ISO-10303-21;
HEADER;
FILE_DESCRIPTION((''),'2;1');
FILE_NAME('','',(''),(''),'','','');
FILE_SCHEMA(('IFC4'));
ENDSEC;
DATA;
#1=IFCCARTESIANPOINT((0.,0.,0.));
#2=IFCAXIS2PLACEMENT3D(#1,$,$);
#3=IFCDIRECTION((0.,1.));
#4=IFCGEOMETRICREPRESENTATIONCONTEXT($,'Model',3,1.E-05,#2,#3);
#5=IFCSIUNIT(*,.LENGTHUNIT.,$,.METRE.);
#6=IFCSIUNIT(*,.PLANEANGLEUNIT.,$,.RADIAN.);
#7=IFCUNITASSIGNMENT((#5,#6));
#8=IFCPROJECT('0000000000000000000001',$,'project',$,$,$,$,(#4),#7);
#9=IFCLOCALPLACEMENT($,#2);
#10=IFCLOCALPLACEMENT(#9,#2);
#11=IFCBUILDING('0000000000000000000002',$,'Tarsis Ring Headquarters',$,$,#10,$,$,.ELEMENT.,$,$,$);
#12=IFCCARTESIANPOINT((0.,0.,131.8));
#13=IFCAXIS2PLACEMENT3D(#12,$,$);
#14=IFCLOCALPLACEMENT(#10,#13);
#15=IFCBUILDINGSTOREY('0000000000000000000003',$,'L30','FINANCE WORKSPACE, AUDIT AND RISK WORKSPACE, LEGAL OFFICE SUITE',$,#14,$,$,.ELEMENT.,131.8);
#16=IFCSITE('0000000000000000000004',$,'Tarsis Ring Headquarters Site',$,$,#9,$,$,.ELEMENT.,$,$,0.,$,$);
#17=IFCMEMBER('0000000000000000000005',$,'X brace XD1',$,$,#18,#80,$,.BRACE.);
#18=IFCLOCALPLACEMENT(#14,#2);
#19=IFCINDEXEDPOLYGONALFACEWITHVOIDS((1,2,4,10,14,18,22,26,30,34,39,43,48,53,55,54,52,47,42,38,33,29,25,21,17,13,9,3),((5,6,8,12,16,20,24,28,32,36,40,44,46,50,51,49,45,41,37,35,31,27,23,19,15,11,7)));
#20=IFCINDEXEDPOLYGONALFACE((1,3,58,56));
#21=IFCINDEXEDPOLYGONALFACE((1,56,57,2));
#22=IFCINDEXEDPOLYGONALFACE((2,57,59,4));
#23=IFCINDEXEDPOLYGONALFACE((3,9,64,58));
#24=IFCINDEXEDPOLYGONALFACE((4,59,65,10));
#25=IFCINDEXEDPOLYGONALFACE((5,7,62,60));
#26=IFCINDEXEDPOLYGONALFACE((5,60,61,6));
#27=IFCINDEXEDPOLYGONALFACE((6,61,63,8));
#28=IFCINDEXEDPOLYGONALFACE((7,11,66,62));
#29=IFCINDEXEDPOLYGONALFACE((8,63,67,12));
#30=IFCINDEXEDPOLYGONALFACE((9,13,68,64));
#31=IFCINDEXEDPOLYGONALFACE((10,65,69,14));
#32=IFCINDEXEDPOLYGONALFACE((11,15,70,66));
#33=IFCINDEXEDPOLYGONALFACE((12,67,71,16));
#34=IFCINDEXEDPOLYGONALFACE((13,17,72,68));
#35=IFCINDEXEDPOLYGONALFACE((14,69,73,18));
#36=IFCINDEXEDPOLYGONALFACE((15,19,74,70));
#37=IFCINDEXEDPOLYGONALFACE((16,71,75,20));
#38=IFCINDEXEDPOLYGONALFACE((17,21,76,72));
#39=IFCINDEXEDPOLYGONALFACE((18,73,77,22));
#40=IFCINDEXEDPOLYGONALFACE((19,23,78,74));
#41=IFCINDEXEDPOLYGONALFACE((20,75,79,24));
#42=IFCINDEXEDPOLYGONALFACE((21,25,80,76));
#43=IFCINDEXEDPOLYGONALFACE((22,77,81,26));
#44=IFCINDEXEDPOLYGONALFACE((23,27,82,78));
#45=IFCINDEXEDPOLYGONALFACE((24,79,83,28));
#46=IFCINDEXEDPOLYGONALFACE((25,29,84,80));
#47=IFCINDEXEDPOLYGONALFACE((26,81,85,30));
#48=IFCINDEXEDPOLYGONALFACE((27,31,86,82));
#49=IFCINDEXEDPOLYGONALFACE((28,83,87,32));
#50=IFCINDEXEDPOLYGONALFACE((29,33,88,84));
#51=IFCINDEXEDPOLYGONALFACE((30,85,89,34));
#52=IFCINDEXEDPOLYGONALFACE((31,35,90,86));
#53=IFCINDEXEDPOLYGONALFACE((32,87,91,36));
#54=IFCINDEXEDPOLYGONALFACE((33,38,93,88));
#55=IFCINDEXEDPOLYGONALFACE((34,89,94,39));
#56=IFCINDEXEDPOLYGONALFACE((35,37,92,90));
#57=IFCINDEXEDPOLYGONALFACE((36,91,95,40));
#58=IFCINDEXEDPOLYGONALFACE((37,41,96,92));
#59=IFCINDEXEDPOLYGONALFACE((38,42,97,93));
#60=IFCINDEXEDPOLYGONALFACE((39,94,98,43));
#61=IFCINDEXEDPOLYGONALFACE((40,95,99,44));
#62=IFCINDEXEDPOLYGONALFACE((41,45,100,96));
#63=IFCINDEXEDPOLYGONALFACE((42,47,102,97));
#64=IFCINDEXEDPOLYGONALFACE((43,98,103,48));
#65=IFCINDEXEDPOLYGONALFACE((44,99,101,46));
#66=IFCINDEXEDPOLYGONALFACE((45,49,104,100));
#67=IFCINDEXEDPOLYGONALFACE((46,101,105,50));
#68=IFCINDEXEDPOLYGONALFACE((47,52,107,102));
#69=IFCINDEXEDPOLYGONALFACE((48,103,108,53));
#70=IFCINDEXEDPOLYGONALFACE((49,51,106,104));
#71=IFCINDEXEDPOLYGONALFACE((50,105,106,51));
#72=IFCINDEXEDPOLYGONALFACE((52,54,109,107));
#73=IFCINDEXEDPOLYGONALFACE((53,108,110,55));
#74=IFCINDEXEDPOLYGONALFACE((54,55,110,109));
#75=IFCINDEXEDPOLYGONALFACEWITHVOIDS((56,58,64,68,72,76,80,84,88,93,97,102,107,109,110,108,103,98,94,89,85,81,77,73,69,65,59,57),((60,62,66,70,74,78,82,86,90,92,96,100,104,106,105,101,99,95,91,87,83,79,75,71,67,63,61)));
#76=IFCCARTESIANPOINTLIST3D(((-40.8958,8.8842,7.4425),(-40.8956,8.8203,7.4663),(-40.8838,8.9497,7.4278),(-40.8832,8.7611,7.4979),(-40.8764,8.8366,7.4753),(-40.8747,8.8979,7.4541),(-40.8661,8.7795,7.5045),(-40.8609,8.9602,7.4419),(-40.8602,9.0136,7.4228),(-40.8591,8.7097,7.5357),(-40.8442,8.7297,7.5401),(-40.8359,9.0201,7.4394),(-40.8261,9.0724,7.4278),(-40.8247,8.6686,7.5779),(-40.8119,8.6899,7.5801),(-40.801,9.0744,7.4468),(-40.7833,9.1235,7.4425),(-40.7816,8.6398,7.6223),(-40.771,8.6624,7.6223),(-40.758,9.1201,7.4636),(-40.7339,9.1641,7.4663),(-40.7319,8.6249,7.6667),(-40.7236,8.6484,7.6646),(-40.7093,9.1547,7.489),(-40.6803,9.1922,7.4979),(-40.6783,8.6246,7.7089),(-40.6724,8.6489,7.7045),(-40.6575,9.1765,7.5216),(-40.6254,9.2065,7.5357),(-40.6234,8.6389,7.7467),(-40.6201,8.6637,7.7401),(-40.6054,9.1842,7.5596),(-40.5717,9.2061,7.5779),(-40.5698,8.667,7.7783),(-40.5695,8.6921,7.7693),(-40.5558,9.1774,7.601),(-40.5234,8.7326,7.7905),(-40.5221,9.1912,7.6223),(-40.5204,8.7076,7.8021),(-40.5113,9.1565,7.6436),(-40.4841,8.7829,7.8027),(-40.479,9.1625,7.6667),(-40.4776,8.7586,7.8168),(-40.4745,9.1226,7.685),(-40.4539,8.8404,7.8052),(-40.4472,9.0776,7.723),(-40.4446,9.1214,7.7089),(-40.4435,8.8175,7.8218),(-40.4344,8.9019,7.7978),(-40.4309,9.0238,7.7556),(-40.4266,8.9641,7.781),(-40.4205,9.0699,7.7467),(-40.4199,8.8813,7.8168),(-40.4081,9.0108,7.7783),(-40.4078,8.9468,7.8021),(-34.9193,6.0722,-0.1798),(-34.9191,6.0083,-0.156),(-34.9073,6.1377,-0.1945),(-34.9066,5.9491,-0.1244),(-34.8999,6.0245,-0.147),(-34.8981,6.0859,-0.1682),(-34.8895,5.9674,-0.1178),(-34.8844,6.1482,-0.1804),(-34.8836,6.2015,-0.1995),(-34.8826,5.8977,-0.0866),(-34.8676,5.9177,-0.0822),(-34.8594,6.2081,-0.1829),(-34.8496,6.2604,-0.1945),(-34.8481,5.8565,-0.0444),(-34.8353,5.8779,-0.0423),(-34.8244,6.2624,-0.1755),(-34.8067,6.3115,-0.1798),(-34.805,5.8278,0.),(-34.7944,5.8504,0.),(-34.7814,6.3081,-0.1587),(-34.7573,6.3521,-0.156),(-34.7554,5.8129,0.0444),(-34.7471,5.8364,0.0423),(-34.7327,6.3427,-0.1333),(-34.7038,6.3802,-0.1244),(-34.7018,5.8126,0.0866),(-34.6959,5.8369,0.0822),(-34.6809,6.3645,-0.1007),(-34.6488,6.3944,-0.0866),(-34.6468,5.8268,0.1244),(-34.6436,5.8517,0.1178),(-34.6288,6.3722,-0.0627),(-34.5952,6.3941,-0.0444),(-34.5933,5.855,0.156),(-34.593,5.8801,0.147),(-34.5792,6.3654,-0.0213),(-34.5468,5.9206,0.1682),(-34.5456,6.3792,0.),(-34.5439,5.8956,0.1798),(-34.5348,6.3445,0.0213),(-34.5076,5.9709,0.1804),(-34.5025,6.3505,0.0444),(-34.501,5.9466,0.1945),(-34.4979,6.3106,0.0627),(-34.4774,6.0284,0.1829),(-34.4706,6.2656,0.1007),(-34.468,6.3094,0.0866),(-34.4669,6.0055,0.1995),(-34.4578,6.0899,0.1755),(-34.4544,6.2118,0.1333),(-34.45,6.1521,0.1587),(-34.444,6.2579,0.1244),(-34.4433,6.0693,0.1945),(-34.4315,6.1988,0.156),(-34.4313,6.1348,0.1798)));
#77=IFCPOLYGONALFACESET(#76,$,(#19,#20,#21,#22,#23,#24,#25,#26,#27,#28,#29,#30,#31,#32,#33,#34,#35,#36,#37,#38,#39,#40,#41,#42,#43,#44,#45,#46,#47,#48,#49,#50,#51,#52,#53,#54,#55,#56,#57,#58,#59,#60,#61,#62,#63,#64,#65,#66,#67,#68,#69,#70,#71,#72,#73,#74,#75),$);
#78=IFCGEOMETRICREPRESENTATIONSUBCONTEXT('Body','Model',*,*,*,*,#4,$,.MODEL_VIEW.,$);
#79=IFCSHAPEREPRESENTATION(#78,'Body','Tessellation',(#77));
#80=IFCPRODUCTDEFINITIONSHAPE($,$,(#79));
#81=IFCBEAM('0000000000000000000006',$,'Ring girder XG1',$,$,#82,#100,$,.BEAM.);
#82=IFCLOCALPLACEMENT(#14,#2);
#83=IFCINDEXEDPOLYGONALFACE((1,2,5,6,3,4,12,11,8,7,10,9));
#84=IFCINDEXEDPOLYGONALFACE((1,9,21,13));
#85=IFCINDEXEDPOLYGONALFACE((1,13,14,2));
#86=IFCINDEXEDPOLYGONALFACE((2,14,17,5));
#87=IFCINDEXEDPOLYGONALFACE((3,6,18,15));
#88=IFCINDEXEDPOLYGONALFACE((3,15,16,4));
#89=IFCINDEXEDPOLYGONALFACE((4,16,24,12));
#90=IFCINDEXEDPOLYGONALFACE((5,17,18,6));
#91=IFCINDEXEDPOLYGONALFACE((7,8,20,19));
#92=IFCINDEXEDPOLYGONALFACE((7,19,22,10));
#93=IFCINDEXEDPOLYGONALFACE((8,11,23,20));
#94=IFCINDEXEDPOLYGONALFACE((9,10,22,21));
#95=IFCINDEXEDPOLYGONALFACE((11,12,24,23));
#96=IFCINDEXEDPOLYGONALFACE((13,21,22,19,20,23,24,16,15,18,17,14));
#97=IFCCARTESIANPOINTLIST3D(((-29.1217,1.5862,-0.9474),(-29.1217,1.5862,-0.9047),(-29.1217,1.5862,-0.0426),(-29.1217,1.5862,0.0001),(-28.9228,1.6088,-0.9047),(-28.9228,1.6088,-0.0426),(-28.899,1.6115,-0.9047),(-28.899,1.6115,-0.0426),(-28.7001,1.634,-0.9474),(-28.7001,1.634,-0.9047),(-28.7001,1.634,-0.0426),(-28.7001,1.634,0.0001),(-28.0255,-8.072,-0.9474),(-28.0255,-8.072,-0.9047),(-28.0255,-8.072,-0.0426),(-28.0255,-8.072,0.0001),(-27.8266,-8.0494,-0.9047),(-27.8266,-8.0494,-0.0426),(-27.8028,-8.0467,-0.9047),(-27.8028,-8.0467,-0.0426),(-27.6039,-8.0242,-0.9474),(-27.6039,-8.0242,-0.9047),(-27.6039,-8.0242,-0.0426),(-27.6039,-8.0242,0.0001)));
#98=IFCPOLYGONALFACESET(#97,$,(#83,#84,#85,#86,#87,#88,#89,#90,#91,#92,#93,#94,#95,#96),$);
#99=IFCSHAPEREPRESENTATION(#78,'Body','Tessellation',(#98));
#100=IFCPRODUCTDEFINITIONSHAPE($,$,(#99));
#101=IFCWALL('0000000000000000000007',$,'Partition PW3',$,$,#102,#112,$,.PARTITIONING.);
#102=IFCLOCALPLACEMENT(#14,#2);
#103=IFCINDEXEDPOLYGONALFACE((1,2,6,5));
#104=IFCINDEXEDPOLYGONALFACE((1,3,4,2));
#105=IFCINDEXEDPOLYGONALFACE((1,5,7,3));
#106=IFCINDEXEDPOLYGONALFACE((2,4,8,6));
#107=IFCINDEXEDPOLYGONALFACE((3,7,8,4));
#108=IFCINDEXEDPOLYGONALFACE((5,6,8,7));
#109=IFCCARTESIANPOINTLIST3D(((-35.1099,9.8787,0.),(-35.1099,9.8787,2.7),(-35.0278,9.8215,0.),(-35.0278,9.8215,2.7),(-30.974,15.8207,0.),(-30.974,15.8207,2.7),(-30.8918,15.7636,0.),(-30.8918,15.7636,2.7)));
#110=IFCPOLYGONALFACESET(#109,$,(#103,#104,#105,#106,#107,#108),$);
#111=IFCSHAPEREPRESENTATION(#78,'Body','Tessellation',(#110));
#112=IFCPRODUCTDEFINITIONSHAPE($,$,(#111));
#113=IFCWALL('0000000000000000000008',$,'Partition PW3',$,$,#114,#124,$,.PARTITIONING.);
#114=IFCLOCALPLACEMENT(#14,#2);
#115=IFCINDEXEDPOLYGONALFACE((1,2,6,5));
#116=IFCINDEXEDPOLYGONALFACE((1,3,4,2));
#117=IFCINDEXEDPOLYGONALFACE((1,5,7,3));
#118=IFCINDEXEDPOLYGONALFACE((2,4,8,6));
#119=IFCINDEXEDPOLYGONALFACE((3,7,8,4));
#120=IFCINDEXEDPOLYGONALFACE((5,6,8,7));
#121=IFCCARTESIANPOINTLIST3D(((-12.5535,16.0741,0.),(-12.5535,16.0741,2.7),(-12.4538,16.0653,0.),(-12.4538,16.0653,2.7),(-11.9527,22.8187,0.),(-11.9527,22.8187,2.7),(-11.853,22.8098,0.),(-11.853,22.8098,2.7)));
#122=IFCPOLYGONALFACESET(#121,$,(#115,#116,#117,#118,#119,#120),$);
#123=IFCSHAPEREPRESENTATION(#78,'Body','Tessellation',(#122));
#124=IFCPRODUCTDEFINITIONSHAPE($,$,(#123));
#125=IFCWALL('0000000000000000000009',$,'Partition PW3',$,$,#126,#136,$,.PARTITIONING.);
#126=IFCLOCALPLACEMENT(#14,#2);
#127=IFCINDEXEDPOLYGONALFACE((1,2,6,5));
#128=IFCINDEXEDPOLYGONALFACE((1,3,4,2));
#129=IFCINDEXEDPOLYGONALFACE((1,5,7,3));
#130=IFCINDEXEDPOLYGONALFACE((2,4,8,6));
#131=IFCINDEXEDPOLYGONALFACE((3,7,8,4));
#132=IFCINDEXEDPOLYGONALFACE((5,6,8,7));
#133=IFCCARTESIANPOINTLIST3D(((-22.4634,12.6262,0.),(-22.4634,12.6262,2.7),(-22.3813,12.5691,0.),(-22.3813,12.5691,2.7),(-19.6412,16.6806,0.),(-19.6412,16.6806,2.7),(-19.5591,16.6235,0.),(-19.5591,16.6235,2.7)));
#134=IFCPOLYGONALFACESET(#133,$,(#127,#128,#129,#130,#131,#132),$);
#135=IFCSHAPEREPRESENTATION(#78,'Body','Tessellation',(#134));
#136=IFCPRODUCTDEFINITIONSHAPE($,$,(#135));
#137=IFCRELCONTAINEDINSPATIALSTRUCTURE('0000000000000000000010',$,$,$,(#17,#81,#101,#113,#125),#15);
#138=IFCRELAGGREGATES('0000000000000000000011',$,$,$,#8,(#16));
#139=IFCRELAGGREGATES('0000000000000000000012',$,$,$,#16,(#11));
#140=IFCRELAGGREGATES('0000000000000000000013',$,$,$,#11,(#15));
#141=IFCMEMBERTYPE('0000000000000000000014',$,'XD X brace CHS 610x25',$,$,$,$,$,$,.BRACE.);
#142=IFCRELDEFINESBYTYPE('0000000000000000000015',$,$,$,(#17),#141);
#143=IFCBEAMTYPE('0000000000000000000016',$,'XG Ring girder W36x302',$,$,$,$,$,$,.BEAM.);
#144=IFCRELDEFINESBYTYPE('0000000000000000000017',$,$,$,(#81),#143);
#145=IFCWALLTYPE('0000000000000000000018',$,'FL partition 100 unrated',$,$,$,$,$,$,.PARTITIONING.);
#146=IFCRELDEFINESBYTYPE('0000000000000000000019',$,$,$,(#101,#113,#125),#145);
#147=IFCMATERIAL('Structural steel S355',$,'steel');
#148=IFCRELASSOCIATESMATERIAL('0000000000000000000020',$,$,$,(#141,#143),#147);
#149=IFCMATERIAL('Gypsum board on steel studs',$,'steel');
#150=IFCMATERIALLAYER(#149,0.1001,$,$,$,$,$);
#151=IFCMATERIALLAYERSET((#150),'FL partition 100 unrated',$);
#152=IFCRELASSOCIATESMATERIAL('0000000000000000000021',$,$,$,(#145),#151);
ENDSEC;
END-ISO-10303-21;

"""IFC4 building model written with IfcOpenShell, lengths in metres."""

from ifc_helpers import new_model, si_unit, direction, frame, frame_2d, origin, origin_2d, place, context, subcontext, project, spatial, rectangle, hollow_circle, i_section, extrude, material, layer, layer_set, material_profile, profile_set, type_object, element, save


model = new_model("IFC4")

# Units and contexts
model_context = context("Model", 3, precision=1e-05, world=origin(), true_north=direction((0.0, 1.0)))
body_context = subcontext(model_context, "Body", "Model", "MODEL_VIEW")
ifc_project = project(units=[si_unit("LENGTHUNIT", "METRE"), si_unit("PLANEANGLEUNIT", "RADIAN")], contexts=[model_context])

# Site, building, storey
site_placement = place(None, origin())
site = spatial("IfcSite", under=ifc_project, at=site_placement, Name="Tarsis Ring Headquarters Site", CompositionType="ELEMENT", RefElevation=0.0)
building_placement = place(site_placement, origin())
building = spatial("IfcBuilding", under=site, at=building_placement, Name="Tarsis Ring Headquarters", CompositionType="ELEMENT")
storey_placement = place(building_placement, frame((0.0, 0.0, 131.8)))
storey = spatial("IfcBuildingStorey", under=building, at=storey_placement, Name="L30", Description="FINANCE WORKSPACE, AUDIT AND RISK WORKSPACE, LEGAL OFFICE SUITE", CompositionType="ELEMENT", Elevation=131.8)

# Shared definitions
ifc_material_1 = material(Name="Structural steel S355", Category="steel")

# Member
ifc_material_profile_1 = material_profile(ifc_material_1, hollow_circle(Radius=0.3047, WallThickness=0.0249, at=origin_2d()), Name="CHS 610x25")
ifc_profile_set_1 = profile_set([ifc_material_profile_1], Name="Structural steel S355")
member_type = type_object("IfcMemberType", Name="XD X brace CHS 610x25", PredefinedType="BRACE", material=ifc_profile_set_1)
member_1_placement = place(storey_placement, frame((-34.6753, 6.1035, 0.0), z_axis=(-0.592563, 0.278805, 0.755736), x_axis=(-0.425737, -0.904847, 0.0)))
element("IfcMember", 1, at=member_1_placement, inside=storey, type_object=member_type, Name="X brace XD1", PredefinedType="BRACE", context=body_context, shape_type="SweptSolid", body=[
    extrude(hollow_circle(Radius=0.3047, WallThickness=0.0249, at=origin_2d()), origin(), (0.0, 0.0, 1.0), 10.0859),
])

# Beam
ifc_material_profile_2 = material_profile(ifc_material_1, i_section(OverallWidth=0.4243, OverallDepth=0.9475, WebThickness=0.0239, FlangeThickness=0.0427, at=origin_2d()), Name="W36x302")
ifc_profile_set_2 = profile_set([ifc_material_profile_2], Name="Structural steel S355")
beam_type = type_object("IfcBeamType", Name="XG Ring girder W36x302", PredefinedType="BEAM", material=ifc_profile_set_2)
beam_placement = place(storey_placement, frame((-28.9109, 1.6101, -0.4736), z_axis=(0.112774, -0.993621, 0.0), x_axis=(0.993621, 0.112774, 0.0)))
element("IfcBeam", 2, at=beam_placement, inside=storey, type_object=beam_type, Name="Ring girder XG1", PredefinedType="BEAM", context=body_context, shape_type="SweptSolid", body=[
    extrude(i_section(OverallWidth=0.4243, OverallDepth=0.9475, WebThickness=0.0239, FlangeThickness=0.0427, at=origin_2d()), origin(), (0.0, 0.0, 1.0), 9.7202),
])

# Walls
ifc_material_2 = material(Name="Gypsum board on steel studs", Category="steel")
ifc_layer_1 = layer(ifc_material_2, 0.1001)
ifc_layer_set_1 = layer_set([ifc_layer_1], Name="FL partition 100 unrated")
wall_type_1 = type_object("IfcWallType", Name="FL partition 100 unrated", PredefinedType="PARTITIONING", material=ifc_layer_set_1)
wall_1_placement = place(storey_placement, frame((-35.0688, 9.8501, 0.0), z_axis=(0.0, 0.0, 1.0), x_axis=(0.571281, 0.820755, 0.0)))
element("IfcWall", 3, at=wall_1_placement, inside=storey, type_object=wall_type_1, Name="Partition PW3", PredefinedType="PARTITIONING", context=body_context, shape_type="SweptSolid", body=[
    extrude(rectangle(XDim=7.2397, YDim=0.1001, at=frame_2d((3.6199, 0.0))), origin(), (0.0, 0.0, 1.0), 2.7),
])
wall_2_placement = place(storey_placement, frame((-12.5037, 16.0696, 0.0), z_axis=(0.0, 0.0, 1.0), x_axis=(0.088731, 0.996056, 0.0)))
element("IfcWall", 4, at=wall_2_placement, inside=storey, type_object=wall_type_1, Name="Partition PW3", PredefinedType="PARTITIONING", context=body_context, shape_type="SweptSolid", body=[
    extrude(rectangle(XDim=6.7712, YDim=0.1001, at=frame_2d((3.3857, 0.0))), origin(), (0.0, 0.0, 1.0), 2.7),
])
wall_3_placement = place(storey_placement, frame((-22.4224, 12.5977, 0.0), z_axis=(0.0, 0.0, 1.0), x_axis=(0.571308, 0.820736, 0.0)))
element("IfcWall", 5, at=wall_3_placement, inside=storey, type_object=wall_type_1, Name="Partition PW3", PredefinedType="PARTITIONING", context=body_context, shape_type="SweptSolid", body=[
    extrude(rectangle(XDim=4.9399, YDim=0.1001, at=frame_2d((2.47, 0.0))), origin(), (0.0, 0.0, 1.0), 2.7),
])

save(model, "model.ifc")
